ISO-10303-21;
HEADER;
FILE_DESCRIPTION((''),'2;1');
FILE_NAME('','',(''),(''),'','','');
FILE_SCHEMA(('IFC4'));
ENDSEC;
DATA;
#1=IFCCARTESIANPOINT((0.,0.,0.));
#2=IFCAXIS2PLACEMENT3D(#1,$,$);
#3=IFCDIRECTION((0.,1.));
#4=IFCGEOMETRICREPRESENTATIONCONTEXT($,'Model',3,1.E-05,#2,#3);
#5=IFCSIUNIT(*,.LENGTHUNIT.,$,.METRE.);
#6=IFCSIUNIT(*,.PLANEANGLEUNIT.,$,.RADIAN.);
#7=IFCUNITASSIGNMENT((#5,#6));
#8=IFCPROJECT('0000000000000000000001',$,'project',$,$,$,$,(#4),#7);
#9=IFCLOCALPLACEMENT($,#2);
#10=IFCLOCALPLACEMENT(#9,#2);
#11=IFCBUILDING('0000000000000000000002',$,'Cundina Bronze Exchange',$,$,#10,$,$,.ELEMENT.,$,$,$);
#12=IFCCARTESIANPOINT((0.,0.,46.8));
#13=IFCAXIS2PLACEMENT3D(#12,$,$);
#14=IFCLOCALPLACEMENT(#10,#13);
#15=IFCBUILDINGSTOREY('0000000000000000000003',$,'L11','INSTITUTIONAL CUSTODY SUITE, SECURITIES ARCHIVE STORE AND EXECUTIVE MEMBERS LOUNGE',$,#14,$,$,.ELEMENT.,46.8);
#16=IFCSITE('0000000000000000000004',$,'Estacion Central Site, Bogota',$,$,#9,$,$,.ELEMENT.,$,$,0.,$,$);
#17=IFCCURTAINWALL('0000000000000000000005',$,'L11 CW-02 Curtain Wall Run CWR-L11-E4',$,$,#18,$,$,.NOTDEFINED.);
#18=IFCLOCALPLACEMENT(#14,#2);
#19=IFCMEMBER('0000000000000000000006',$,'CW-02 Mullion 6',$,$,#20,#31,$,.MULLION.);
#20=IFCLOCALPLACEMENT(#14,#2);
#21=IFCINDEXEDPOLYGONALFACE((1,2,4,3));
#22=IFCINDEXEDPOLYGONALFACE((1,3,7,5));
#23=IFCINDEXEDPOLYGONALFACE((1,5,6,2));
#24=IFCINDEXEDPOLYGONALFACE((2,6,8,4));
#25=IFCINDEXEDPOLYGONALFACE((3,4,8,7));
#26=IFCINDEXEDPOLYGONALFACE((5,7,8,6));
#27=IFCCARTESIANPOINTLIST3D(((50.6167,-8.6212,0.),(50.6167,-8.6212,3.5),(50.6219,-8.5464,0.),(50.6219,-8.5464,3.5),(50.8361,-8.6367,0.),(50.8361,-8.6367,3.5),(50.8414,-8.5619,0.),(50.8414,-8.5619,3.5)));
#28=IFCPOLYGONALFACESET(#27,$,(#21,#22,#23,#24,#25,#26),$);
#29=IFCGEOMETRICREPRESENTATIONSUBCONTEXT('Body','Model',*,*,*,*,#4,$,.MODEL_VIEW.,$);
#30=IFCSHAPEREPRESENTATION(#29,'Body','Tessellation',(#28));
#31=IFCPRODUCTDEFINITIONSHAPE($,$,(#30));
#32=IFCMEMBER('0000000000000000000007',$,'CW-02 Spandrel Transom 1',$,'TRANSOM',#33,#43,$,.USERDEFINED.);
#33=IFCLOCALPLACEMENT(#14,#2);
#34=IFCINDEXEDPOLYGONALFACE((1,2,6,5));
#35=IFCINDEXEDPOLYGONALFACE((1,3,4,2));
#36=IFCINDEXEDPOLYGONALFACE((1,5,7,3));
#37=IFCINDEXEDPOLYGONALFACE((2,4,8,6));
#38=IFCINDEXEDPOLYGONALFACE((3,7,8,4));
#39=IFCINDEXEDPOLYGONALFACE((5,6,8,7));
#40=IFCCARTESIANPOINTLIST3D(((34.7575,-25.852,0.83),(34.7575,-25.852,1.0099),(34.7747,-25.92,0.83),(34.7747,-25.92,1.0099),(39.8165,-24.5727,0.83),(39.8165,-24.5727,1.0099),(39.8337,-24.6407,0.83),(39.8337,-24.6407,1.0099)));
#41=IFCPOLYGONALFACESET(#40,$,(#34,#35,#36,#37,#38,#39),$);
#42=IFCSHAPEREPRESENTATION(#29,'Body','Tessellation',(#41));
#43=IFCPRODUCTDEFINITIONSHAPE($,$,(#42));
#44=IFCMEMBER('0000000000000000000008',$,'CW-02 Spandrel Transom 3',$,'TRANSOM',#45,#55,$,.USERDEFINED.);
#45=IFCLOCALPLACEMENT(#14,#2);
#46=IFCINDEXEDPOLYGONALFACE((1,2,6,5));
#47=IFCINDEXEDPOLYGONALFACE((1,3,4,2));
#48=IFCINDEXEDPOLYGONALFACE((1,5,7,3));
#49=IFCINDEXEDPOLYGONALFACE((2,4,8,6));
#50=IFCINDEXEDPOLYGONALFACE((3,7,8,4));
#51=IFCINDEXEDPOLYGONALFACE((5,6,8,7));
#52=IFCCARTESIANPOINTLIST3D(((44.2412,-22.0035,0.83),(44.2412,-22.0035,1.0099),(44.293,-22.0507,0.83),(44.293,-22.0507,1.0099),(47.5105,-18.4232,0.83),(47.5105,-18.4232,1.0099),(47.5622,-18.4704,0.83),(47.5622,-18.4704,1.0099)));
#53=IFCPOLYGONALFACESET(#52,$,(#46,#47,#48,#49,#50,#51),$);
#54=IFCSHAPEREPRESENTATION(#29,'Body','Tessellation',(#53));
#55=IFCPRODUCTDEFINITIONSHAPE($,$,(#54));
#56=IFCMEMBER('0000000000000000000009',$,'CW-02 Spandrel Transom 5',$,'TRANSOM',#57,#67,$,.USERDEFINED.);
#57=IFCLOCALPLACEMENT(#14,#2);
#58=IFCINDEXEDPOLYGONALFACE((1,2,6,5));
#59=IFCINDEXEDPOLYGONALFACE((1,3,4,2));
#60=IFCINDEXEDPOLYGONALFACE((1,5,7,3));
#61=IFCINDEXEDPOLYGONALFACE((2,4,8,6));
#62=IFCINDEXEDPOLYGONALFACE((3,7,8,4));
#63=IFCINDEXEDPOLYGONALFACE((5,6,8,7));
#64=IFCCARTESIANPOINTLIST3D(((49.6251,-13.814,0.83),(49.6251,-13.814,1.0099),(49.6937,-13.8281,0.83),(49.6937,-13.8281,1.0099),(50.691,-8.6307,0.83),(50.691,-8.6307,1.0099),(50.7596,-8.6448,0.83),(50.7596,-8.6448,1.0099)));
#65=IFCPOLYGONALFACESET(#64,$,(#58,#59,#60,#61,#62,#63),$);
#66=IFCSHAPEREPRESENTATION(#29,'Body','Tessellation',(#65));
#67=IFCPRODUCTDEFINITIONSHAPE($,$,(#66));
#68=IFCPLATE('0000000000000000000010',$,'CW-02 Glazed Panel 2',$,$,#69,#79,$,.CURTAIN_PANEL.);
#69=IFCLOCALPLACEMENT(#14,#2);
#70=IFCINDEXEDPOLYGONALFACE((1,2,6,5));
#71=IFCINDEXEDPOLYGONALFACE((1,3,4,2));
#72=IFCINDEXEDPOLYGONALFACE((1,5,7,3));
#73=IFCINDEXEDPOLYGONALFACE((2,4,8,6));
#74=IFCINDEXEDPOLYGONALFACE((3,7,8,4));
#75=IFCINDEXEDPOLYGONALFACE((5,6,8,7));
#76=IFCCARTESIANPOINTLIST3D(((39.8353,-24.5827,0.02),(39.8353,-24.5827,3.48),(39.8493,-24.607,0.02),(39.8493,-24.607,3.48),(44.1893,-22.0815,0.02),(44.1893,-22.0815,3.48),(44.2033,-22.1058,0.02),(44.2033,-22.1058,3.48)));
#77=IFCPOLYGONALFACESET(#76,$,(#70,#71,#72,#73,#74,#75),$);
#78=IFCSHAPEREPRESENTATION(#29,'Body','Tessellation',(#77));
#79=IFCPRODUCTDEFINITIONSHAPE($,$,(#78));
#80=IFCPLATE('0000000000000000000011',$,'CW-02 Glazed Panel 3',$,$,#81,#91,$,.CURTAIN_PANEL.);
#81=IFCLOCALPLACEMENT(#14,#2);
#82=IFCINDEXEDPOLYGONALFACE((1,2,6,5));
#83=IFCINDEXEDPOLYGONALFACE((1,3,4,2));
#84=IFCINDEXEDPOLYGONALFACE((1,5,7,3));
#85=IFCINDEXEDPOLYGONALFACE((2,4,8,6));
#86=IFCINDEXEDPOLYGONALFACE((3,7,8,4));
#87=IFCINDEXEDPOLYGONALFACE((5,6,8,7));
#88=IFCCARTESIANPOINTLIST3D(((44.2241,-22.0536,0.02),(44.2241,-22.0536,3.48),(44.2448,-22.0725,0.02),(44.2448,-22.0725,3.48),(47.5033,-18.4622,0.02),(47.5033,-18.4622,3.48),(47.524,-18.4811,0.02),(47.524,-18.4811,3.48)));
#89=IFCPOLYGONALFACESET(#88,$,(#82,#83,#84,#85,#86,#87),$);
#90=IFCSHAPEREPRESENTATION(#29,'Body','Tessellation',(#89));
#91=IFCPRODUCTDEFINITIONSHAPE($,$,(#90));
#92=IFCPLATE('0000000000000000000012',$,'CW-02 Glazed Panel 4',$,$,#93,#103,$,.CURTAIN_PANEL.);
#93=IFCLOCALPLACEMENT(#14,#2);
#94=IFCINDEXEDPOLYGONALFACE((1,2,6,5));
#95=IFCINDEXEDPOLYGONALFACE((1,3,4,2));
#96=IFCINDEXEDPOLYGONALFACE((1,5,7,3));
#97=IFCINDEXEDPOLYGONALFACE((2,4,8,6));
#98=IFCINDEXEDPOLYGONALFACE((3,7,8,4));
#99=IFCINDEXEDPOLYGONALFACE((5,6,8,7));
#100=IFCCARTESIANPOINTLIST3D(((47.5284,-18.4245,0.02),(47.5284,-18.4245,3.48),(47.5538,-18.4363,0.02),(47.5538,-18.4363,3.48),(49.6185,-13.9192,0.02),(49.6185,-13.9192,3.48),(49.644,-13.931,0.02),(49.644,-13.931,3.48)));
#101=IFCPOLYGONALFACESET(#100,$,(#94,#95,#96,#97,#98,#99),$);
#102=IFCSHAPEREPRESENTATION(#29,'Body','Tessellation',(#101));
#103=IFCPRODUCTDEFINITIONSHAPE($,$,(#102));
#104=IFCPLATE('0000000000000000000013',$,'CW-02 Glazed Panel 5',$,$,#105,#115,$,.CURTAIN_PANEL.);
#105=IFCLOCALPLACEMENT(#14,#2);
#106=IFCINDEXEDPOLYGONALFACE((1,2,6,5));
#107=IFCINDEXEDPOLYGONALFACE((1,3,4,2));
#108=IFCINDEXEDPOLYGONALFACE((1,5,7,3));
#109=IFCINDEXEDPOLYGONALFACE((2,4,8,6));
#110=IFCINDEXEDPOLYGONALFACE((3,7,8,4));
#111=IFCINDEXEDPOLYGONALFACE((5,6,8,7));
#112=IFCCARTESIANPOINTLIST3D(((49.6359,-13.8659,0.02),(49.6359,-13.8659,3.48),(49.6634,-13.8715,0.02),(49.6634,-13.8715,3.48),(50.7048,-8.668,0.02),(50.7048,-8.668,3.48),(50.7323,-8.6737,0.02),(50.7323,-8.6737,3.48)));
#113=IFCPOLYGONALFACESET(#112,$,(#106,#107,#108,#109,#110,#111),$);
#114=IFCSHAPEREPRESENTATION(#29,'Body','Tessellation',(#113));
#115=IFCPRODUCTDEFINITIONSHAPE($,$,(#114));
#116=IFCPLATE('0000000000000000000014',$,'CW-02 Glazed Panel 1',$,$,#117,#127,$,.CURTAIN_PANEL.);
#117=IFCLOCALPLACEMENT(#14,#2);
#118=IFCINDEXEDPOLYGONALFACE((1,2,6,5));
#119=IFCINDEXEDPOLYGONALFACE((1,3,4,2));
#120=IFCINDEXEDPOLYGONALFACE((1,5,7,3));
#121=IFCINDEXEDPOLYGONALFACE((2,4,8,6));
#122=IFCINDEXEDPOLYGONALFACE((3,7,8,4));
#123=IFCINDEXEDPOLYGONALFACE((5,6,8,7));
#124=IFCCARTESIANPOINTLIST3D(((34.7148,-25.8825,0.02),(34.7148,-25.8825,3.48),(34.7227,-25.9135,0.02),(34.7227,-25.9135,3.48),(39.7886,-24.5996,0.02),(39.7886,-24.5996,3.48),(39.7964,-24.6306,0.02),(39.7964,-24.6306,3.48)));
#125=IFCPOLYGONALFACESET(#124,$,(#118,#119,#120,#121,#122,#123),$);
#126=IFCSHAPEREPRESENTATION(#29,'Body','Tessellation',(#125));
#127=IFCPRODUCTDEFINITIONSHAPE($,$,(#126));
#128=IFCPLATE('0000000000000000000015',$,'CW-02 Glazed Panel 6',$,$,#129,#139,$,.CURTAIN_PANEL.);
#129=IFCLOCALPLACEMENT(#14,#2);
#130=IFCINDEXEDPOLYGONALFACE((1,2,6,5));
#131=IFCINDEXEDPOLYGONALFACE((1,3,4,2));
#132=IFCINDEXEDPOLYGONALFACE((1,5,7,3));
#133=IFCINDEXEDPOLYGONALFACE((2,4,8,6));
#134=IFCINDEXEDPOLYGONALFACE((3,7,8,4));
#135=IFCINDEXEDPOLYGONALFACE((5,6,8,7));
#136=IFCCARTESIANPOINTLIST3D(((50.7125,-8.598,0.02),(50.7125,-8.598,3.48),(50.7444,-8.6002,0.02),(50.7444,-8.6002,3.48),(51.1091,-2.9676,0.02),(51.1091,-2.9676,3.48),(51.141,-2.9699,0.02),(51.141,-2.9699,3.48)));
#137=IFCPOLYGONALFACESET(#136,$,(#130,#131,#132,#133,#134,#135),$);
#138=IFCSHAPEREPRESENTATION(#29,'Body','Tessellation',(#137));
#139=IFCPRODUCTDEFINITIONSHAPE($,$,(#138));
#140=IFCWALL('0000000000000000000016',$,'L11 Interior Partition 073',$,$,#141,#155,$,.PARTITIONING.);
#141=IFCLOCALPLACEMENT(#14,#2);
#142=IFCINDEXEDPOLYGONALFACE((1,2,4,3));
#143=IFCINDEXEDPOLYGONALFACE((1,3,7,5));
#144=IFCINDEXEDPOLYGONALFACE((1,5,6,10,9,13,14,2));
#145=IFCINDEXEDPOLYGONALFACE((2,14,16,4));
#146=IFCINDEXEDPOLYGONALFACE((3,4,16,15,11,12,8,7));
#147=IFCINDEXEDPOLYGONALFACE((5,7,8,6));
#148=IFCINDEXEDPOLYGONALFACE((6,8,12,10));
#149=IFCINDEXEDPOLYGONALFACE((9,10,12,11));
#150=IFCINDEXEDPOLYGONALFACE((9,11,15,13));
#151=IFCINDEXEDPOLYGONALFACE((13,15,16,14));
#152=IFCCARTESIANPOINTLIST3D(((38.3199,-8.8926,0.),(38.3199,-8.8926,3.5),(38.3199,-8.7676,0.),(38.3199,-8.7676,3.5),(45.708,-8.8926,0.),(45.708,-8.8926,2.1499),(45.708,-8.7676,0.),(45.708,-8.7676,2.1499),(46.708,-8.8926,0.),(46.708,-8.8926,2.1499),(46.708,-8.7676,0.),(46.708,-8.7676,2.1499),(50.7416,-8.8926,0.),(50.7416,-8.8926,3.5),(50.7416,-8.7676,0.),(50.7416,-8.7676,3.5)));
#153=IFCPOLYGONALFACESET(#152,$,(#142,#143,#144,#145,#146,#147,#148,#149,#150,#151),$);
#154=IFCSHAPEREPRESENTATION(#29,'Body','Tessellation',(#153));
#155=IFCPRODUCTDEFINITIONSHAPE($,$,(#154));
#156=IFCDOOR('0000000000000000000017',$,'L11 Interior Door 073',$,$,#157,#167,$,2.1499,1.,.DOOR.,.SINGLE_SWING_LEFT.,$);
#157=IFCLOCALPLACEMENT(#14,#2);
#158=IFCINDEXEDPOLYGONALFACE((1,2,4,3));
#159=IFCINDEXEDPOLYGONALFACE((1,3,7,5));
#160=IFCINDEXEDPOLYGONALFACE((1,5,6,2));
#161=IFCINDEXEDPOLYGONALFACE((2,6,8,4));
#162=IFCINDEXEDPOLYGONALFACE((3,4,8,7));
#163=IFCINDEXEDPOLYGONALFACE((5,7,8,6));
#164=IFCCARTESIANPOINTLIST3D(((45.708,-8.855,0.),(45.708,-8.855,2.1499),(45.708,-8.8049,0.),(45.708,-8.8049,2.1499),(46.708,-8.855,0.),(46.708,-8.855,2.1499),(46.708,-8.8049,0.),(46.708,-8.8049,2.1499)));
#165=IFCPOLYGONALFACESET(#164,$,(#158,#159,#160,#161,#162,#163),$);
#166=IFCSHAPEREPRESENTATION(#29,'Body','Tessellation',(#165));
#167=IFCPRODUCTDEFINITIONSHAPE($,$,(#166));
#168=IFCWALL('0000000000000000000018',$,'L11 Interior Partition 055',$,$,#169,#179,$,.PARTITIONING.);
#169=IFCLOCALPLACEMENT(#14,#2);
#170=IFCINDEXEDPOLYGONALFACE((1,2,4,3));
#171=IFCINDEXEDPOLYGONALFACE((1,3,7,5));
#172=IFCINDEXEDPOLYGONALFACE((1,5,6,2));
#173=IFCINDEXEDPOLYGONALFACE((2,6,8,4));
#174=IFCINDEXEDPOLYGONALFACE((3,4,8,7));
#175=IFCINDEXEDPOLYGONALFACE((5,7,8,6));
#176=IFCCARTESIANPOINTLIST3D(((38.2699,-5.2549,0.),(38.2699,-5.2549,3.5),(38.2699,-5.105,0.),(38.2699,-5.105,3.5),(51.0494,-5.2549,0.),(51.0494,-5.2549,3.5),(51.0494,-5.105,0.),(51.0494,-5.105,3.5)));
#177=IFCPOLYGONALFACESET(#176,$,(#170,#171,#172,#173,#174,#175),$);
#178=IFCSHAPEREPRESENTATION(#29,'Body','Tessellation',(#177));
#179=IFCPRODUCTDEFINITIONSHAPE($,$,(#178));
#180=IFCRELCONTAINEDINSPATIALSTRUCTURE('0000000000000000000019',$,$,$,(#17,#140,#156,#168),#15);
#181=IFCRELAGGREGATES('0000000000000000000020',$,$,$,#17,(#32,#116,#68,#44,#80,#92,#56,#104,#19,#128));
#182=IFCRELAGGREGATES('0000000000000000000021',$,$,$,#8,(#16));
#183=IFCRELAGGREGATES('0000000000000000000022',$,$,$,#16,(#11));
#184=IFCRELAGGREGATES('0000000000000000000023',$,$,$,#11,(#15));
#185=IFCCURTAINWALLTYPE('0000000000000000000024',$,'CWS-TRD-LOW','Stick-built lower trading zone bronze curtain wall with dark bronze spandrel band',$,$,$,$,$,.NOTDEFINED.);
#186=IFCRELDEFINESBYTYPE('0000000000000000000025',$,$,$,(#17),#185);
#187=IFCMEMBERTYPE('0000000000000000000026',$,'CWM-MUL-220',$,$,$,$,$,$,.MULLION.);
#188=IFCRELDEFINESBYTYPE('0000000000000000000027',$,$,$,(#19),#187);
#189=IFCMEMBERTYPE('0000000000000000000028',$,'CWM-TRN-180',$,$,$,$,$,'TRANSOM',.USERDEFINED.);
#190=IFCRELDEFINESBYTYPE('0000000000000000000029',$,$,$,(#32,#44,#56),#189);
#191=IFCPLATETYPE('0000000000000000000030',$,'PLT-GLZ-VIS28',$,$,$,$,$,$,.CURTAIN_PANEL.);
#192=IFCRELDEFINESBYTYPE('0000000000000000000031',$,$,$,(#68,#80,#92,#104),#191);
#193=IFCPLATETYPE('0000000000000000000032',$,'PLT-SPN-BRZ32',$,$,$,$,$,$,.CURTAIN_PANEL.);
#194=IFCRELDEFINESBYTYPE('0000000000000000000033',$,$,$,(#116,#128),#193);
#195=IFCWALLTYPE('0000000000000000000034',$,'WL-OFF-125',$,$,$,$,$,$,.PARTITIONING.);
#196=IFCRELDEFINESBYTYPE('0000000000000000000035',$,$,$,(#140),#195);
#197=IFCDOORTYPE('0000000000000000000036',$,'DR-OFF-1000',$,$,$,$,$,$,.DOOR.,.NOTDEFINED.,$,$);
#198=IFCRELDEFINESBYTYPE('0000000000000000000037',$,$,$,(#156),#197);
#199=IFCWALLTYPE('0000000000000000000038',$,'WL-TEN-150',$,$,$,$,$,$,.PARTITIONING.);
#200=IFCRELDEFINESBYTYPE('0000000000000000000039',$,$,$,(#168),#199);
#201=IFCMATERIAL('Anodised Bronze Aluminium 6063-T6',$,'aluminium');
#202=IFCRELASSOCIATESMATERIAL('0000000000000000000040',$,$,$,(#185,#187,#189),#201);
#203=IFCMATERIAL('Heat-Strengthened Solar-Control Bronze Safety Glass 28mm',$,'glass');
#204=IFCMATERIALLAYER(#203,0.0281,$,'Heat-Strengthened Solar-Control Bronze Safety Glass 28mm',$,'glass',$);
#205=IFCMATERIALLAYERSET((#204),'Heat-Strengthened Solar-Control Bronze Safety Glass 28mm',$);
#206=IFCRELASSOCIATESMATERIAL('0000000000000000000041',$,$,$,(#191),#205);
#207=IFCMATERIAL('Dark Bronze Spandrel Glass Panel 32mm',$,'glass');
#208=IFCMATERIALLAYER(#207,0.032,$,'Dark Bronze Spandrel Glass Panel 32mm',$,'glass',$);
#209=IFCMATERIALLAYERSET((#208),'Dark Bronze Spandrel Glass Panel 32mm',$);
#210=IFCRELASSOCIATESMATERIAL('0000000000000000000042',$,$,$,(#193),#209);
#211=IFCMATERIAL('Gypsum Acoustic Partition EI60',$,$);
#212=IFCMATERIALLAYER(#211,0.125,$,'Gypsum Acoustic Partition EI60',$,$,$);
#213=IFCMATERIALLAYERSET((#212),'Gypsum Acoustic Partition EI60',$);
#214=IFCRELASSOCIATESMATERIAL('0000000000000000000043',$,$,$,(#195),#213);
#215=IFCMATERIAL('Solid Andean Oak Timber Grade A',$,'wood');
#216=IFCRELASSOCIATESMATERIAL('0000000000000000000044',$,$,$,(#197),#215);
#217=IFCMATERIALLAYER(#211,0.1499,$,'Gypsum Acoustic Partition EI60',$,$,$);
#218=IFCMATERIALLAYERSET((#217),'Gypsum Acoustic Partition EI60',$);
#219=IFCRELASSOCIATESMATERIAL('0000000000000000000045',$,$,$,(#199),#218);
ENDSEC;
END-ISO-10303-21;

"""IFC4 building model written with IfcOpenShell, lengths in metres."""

from ifc_helpers import new_model, si_unit, direction, frame, frame_2d, origin, origin_2d, place, context, subcontext, project, spatial, rectangle, extrude, material, layer, layer_set, material_profile, profile_set, type_object, element, fill, aggregate, save


model = new_model("IFC4")

# Units and contexts
model_context = context("Model", 3, precision=1e-05, world=origin(), true_north=direction((0.0, 1.0)))
body_context = subcontext(model_context, "Body", "Model", "MODEL_VIEW")
ifc_project = project(units=[si_unit("LENGTHUNIT", "METRE"), si_unit("PLANEANGLEUNIT", "RADIAN")], contexts=[model_context])

# Site, building, storey
site_placement = place(None, origin())
site = spatial("IfcSite", under=ifc_project, at=site_placement, Name="Estacion Central Site, Bogota", CompositionType="ELEMENT", RefElevation=0.0)
building_placement = place(site_placement, origin())
building = spatial("IfcBuilding", under=site, at=building_placement, Name="Cundina Bronze Exchange", CompositionType="ELEMENT")
storey_placement = place(building_placement, frame((0.0, 0.0, 46.8)))
storey = spatial("IfcBuildingStorey", under=building, at=storey_placement, Name="L11", Description="INSTITUTIONAL CUSTODY SUITE, SECURITIES ARCHIVE STORE AND EXECUTIVE MEMBERS LOUNGE", CompositionType="ELEMENT", Elevation=46.8)

# Curtain wall, members, plates
ifc_material_1 = material(Name="Anodised Bronze Aluminium 6063-T6", Category="aluminium")
curtain_wall_type = type_object("IfcCurtainWallType", Name="CWS-TRD-LOW", Description="Stick-built lower trading zone bronze curtain wall with dark bronze spandrel band", PredefinedType="NOTDEFINED", material=ifc_material_1)
curtain_wall_placement = place(storey_placement, origin())
curtain_wall = element("IfcCurtainWall", 1, at=curtain_wall_placement, inside=storey, type_object=curtain_wall_type, Name="L11 CW-02 Curtain Wall Run CWR-L11-E4", PredefinedType="NOTDEFINED")
ifc_material_profile_1 = material_profile(ifc_material_1, rectangle(XDim=0.075, YDim=0.22, at=origin_2d()), Name="AL75X220", Category="aluminium")
ifc_profile_set_1 = profile_set([ifc_material_profile_1], Name="Anodised Bronze Aluminium 6063-T6")
member_type_1 = type_object("IfcMemberType", Name="CWM-MUL-220", PredefinedType="MULLION", material=ifc_profile_set_1)
member_1_placement = place(storey_placement, frame((50.729, -8.5916, 0.0), z_axis=(0.0, 0.0, 1.0), x_axis=(0.070279, 0.997527, 0.0)))
member_1 = element("IfcMember", 2, at=member_1_placement, type_object=member_type_1, Name="CW-02 Mullion 6", PredefinedType="MULLION", context=body_context, shape_type="SweptSolid", body=[
    extrude(rectangle(XDim=0.075, YDim=0.22, at=origin_2d()), origin(), (0.0, 0.0, 1.0), 3.5),
])
ifc_material_profile_2 = material_profile(ifc_material_1, rectangle(XDim=0.0701, YDim=0.1799, at=origin_2d()), Name="AL70X180", Category="aluminium")
ifc_profile_set_2 = profile_set([ifc_material_profile_2], Name="Anodised Bronze Aluminium 6063-T6")
member_type_2 = type_object("IfcMemberType", Name="CWM-TRN-180", ElementType="TRANSOM", PredefinedType="USERDEFINED", material=ifc_profile_set_2)
member_2_placement = place(storey_placement, frame((34.7661, -25.886, 0.9199), z_axis=(0.969484, 0.245155, 0.0), x_axis=(-0.245155, 0.969484, 0.0)))
member_2 = element("IfcMember", 3, at=member_2_placement, type_object=member_type_2, Name="CW-02 Spandrel Transom 1", ObjectType="TRANSOM", PredefinedType="USERDEFINED", context=body_context, shape_type="SweptSolid", body=[
    extrude(rectangle(XDim=0.0701, YDim=0.1799, at=origin_2d()), origin(), (0.0, 0.0, 1.0), 5.2183),
])
member_3_placement = place(storey_placement, frame((44.2671, -22.0271, 0.9199), z_axis=(0.674303, 0.738455, 0.0), x_axis=(-0.738455, 0.674303, 0.0)))
member_3 = element("IfcMember", 4, at=member_3_placement, type_object=member_type_2, Name="CW-02 Spandrel Transom 3", ObjectType="TRANSOM", PredefinedType="USERDEFINED", context=body_context, shape_type="SweptSolid", body=[
    extrude(rectangle(XDim=0.0701, YDim=0.1799, at=origin_2d()), origin(), (0.0, 0.0, 1.0), 4.8484),
])
member_4_placement = place(storey_placement, frame((49.6594, -13.821, 0.9199), z_axis=(0.201428, 0.979503, 0.0), x_axis=(-0.979503, 0.201428, 0.0)))
member_4 = element("IfcMember", 5, at=member_4_placement, type_object=member_type_2, Name="CW-02 Spandrel Transom 5", ObjectType="TRANSOM", PredefinedType="USERDEFINED", context=body_context, shape_type="SweptSolid", body=[
    extrude(rectangle(XDim=0.0701, YDim=0.1799, at=origin_2d()), origin(), (0.0, 0.0, 1.0), 5.2917),
])
ifc_material_2 = material(Name="Heat-Strengthened Solar-Control Bronze Safety Glass 28mm", Category="glass")
ifc_layer_1 = layer(ifc_material_2, 0.0281, Name="Heat-Strengthened Solar-Control Bronze Safety Glass 28mm", Category="glass")
ifc_layer_set_1 = layer_set([ifc_layer_1], Name="Heat-Strengthened Solar-Control Bronze Safety Glass 28mm")
plate_type_1 = type_object("IfcPlateType", Name="PLT-GLZ-VIS28", PredefinedType="CURTAIN_PANEL", material=ifc_layer_set_1)
plate_1_placement = place(storey_placement, frame((42.0193, -23.3442, 0.02), z_axis=(0.0, 0.0, 1.0), x_axis=(0.867105, 0.498125, 0.0)))
plate_1 = element("IfcPlate", 6, at=plate_1_placement, type_object=plate_type_1, Name="CW-02 Glazed Panel 2", PredefinedType="CURTAIN_PANEL", context=body_context, shape_type="SweptSolid", body=[
    extrude(rectangle(XDim=5.0212, YDim=0.0281, at=origin_2d()), origin(), (0.0, 0.0, 1.0), 3.46),
])
plate_2_placement = place(storey_placement, frame((45.874, -20.2673, 0.02), z_axis=(0.0, 0.0, 1.0), x_axis=(0.674277, 0.738479, 0.0)))
plate_2 = element("IfcPlate", 7, at=plate_2_placement, type_object=plate_type_1, Name="CW-02 Glazed Panel 3", PredefinedType="CURTAIN_PANEL", context=body_context, shape_type="SweptSolid", body=[
    extrude(rectangle(XDim=4.8633, YDim=0.0281, at=origin_2d()), origin(), (0.0, 0.0, 1.0), 3.46),
])
plate_3_placement = place(storey_placement, frame((48.5862, -16.1777, 0.02), z_axis=(0.0, 0.0, 1.0), x_axis=(0.420846, 0.907132, 0.0)))
plate_3 = element("IfcPlate", 8, at=plate_3_placement, type_object=plate_type_1, Name="CW-02 Glazed Panel 4", PredefinedType="CURTAIN_PANEL", context=body_context, shape_type="SweptSolid", body=[
    extrude(rectangle(XDim=4.9666, YDim=0.0281, at=origin_2d()), origin(), (0.0, 0.0, 1.0), 3.46),
])
plate_4_placement = place(storey_placement, frame((50.1841, -11.2698, 0.02), z_axis=(0.0, 0.0, 1.0), x_axis=(0.20142, 0.979505, 0.0)))
plate_4 = element("IfcPlate", 9, at=plate_4_placement, type_object=plate_type_1, Name="CW-02 Glazed Panel 5", PredefinedType="CURTAIN_PANEL", context=body_context, shape_type="SweptSolid", body=[
    extrude(rectangle(XDim=5.3066, YDim=0.0281, at=origin_2d()), origin(), (0.0, 0.0, 1.0), 3.46),
])
ifc_material_3 = material(Name="Dark Bronze Spandrel Glass Panel 32mm", Category="glass")
ifc_layer_2 = layer(ifc_material_3, 0.032, Name="Dark Bronze Spandrel Glass Panel 32mm", Category="glass")
ifc_layer_set_2 = layer_set([ifc_layer_2], Name="Dark Bronze Spandrel Glass Panel 32mm")
plate_type_2 = type_object("IfcPlateType", Name="PLT-SPN-BRZ32", PredefinedType="CURTAIN_PANEL", material=ifc_layer_set_2)
plate_5_placement = place(storey_placement, frame((37.2556, -25.2566, 0.02), z_axis=(0.0, 0.0, 1.0), x_axis=(0.969488, 0.245138, 0.0)))
plate_5 = element("IfcPlate", 10, at=plate_5_placement, type_object=plate_type_2, Name="CW-02 Glazed Panel 1", PredefinedType="CURTAIN_PANEL", context=body_context, shape_type="SweptSolid", body=[
    extrude(rectangle(XDim=5.2334, YDim=0.032, at=origin_2d()), origin(), (0.0, 0.0, 1.0), 3.46),
])
plate_6_placement = place(storey_placement, frame((50.9268, -5.7839, 0.02), z_axis=(0.0, 0.0, 1.0), x_axis=(0.070279, 0.997527, 0.0)))
plate_6 = element("IfcPlate", 11, at=plate_6_placement, type_object=plate_type_2, Name="CW-02 Glazed Panel 6", PredefinedType="CURTAIN_PANEL", context=body_context, shape_type="SweptSolid", body=[
    extrude(rectangle(XDim=5.6443, YDim=0.032, at=origin_2d()), origin(), (0.0, 0.0, 1.0), 3.46),
])
aggregate(curtain_wall, [member_2, plate_5, plate_1, member_3, plate_2, plate_3, member_4, plate_4, member_1, plate_6])

# Wall, opening, door
ifc_material_4 = material(Name="Gypsum Acoustic Partition EI60")
ifc_layer_3 = layer(ifc_material_4, 0.125, Name="Gypsum Acoustic Partition EI60")
ifc_layer_set_3 = layer_set([ifc_layer_3], Name="Gypsum Acoustic Partition EI60")
wall_type_1 = type_object("IfcWallType", Name="WL-OFF-125", PredefinedType="PARTITIONING", material=ifc_layer_set_3)
wall_1_placement = place(storey_placement, frame((50.7417, -8.8301, 0.0), z_axis=(0.0, 0.0, 1.0), x_axis=(-1.0, 0.0, 0.0)))
wall_1 = element("IfcWall", 12, at=wall_1_placement, inside=storey, type_object=wall_type_1, Name="L11 Interior Partition 073", PredefinedType="PARTITIONING", context=body_context, shape_type="SweptSolid", body=[
    extrude(rectangle(XDim=12.4216, YDim=0.125, at=frame_2d((6.2109, 0.0))), origin(), (0.0, 0.0, 1.0), 3.5),
])
opening_placement = place(wall_1_placement, frame((4.0337, 0.0, 0.0)))
opening = element("IfcOpeningElement", 13, at=opening_placement, cuts=wall_1, PredefinedType="OPENING", context=body_context, shape_type="SweptSolid", body=[
    extrude(rectangle(XDim=1.0, YDim=2.1499, at=frame_2d((0.5, 1.075))), frame((0.0, 0.0725, 0.0), z_axis=(0.0, -1.0, 0.0), x_axis=(1.0, 0.0, 0.0)), (0.0, 0.0, 1.0), 0.145),
])
ifc_material_5 = material(Name="Solid Andean Oak Timber Grade A", Category="wood")
door_type = type_object("IfcDoorType", Name="DR-OFF-1000", OperationType="NOTDEFINED", PredefinedType="DOOR", material=ifc_material_5)
door_placement = place(opening_placement, origin())
door = element("IfcDoor", 14, at=door_placement, inside=storey, type_object=door_type, Name="L11 Interior Door 073", OperationType="SINGLE_SWING_LEFT", OverallHeight=2.1499, OverallWidth=1.0, PredefinedType="DOOR", context=body_context, shape_type="SweptSolid", body=[
    extrude(rectangle(XDim=1.0, YDim=2.1499, at=frame_2d((0.5, 1.075))), frame((0.0, 0.0249, 0.0), z_axis=(0.0, -1.0, 0.0), x_axis=(1.0, 0.0, 0.0)), (0.0, 0.0, 1.0), 0.05),
])
fill(opening, door)

# Wall
ifc_layer_4 = layer(ifc_material_4, 0.1499, Name="Gypsum Acoustic Partition EI60")
ifc_layer_set_4 = layer_set([ifc_layer_4], Name="Gypsum Acoustic Partition EI60")
wall_type_2 = type_object("IfcWallType", Name="WL-TEN-150", PredefinedType="PARTITIONING", material=ifc_layer_set_4)
wall_2_placement = place(storey_placement, frame((38.27, -5.1799, 0.0), z_axis=(0.0, 0.0, 1.0), x_axis=(1.0, 0.0, 0.0)))
element("IfcWall", 15, at=wall_2_placement, inside=storey, type_object=wall_type_2, Name="L11 Interior Partition 055", PredefinedType="PARTITIONING", context=body_context, shape_type="SweptSolid", body=[
    extrude(rectangle(XDim=12.7795, YDim=0.1499, at=frame_2d((6.3896, 0.0))), origin(), (0.0, 0.0, 1.0), 3.5),
])

save(model, "model.ifc")
